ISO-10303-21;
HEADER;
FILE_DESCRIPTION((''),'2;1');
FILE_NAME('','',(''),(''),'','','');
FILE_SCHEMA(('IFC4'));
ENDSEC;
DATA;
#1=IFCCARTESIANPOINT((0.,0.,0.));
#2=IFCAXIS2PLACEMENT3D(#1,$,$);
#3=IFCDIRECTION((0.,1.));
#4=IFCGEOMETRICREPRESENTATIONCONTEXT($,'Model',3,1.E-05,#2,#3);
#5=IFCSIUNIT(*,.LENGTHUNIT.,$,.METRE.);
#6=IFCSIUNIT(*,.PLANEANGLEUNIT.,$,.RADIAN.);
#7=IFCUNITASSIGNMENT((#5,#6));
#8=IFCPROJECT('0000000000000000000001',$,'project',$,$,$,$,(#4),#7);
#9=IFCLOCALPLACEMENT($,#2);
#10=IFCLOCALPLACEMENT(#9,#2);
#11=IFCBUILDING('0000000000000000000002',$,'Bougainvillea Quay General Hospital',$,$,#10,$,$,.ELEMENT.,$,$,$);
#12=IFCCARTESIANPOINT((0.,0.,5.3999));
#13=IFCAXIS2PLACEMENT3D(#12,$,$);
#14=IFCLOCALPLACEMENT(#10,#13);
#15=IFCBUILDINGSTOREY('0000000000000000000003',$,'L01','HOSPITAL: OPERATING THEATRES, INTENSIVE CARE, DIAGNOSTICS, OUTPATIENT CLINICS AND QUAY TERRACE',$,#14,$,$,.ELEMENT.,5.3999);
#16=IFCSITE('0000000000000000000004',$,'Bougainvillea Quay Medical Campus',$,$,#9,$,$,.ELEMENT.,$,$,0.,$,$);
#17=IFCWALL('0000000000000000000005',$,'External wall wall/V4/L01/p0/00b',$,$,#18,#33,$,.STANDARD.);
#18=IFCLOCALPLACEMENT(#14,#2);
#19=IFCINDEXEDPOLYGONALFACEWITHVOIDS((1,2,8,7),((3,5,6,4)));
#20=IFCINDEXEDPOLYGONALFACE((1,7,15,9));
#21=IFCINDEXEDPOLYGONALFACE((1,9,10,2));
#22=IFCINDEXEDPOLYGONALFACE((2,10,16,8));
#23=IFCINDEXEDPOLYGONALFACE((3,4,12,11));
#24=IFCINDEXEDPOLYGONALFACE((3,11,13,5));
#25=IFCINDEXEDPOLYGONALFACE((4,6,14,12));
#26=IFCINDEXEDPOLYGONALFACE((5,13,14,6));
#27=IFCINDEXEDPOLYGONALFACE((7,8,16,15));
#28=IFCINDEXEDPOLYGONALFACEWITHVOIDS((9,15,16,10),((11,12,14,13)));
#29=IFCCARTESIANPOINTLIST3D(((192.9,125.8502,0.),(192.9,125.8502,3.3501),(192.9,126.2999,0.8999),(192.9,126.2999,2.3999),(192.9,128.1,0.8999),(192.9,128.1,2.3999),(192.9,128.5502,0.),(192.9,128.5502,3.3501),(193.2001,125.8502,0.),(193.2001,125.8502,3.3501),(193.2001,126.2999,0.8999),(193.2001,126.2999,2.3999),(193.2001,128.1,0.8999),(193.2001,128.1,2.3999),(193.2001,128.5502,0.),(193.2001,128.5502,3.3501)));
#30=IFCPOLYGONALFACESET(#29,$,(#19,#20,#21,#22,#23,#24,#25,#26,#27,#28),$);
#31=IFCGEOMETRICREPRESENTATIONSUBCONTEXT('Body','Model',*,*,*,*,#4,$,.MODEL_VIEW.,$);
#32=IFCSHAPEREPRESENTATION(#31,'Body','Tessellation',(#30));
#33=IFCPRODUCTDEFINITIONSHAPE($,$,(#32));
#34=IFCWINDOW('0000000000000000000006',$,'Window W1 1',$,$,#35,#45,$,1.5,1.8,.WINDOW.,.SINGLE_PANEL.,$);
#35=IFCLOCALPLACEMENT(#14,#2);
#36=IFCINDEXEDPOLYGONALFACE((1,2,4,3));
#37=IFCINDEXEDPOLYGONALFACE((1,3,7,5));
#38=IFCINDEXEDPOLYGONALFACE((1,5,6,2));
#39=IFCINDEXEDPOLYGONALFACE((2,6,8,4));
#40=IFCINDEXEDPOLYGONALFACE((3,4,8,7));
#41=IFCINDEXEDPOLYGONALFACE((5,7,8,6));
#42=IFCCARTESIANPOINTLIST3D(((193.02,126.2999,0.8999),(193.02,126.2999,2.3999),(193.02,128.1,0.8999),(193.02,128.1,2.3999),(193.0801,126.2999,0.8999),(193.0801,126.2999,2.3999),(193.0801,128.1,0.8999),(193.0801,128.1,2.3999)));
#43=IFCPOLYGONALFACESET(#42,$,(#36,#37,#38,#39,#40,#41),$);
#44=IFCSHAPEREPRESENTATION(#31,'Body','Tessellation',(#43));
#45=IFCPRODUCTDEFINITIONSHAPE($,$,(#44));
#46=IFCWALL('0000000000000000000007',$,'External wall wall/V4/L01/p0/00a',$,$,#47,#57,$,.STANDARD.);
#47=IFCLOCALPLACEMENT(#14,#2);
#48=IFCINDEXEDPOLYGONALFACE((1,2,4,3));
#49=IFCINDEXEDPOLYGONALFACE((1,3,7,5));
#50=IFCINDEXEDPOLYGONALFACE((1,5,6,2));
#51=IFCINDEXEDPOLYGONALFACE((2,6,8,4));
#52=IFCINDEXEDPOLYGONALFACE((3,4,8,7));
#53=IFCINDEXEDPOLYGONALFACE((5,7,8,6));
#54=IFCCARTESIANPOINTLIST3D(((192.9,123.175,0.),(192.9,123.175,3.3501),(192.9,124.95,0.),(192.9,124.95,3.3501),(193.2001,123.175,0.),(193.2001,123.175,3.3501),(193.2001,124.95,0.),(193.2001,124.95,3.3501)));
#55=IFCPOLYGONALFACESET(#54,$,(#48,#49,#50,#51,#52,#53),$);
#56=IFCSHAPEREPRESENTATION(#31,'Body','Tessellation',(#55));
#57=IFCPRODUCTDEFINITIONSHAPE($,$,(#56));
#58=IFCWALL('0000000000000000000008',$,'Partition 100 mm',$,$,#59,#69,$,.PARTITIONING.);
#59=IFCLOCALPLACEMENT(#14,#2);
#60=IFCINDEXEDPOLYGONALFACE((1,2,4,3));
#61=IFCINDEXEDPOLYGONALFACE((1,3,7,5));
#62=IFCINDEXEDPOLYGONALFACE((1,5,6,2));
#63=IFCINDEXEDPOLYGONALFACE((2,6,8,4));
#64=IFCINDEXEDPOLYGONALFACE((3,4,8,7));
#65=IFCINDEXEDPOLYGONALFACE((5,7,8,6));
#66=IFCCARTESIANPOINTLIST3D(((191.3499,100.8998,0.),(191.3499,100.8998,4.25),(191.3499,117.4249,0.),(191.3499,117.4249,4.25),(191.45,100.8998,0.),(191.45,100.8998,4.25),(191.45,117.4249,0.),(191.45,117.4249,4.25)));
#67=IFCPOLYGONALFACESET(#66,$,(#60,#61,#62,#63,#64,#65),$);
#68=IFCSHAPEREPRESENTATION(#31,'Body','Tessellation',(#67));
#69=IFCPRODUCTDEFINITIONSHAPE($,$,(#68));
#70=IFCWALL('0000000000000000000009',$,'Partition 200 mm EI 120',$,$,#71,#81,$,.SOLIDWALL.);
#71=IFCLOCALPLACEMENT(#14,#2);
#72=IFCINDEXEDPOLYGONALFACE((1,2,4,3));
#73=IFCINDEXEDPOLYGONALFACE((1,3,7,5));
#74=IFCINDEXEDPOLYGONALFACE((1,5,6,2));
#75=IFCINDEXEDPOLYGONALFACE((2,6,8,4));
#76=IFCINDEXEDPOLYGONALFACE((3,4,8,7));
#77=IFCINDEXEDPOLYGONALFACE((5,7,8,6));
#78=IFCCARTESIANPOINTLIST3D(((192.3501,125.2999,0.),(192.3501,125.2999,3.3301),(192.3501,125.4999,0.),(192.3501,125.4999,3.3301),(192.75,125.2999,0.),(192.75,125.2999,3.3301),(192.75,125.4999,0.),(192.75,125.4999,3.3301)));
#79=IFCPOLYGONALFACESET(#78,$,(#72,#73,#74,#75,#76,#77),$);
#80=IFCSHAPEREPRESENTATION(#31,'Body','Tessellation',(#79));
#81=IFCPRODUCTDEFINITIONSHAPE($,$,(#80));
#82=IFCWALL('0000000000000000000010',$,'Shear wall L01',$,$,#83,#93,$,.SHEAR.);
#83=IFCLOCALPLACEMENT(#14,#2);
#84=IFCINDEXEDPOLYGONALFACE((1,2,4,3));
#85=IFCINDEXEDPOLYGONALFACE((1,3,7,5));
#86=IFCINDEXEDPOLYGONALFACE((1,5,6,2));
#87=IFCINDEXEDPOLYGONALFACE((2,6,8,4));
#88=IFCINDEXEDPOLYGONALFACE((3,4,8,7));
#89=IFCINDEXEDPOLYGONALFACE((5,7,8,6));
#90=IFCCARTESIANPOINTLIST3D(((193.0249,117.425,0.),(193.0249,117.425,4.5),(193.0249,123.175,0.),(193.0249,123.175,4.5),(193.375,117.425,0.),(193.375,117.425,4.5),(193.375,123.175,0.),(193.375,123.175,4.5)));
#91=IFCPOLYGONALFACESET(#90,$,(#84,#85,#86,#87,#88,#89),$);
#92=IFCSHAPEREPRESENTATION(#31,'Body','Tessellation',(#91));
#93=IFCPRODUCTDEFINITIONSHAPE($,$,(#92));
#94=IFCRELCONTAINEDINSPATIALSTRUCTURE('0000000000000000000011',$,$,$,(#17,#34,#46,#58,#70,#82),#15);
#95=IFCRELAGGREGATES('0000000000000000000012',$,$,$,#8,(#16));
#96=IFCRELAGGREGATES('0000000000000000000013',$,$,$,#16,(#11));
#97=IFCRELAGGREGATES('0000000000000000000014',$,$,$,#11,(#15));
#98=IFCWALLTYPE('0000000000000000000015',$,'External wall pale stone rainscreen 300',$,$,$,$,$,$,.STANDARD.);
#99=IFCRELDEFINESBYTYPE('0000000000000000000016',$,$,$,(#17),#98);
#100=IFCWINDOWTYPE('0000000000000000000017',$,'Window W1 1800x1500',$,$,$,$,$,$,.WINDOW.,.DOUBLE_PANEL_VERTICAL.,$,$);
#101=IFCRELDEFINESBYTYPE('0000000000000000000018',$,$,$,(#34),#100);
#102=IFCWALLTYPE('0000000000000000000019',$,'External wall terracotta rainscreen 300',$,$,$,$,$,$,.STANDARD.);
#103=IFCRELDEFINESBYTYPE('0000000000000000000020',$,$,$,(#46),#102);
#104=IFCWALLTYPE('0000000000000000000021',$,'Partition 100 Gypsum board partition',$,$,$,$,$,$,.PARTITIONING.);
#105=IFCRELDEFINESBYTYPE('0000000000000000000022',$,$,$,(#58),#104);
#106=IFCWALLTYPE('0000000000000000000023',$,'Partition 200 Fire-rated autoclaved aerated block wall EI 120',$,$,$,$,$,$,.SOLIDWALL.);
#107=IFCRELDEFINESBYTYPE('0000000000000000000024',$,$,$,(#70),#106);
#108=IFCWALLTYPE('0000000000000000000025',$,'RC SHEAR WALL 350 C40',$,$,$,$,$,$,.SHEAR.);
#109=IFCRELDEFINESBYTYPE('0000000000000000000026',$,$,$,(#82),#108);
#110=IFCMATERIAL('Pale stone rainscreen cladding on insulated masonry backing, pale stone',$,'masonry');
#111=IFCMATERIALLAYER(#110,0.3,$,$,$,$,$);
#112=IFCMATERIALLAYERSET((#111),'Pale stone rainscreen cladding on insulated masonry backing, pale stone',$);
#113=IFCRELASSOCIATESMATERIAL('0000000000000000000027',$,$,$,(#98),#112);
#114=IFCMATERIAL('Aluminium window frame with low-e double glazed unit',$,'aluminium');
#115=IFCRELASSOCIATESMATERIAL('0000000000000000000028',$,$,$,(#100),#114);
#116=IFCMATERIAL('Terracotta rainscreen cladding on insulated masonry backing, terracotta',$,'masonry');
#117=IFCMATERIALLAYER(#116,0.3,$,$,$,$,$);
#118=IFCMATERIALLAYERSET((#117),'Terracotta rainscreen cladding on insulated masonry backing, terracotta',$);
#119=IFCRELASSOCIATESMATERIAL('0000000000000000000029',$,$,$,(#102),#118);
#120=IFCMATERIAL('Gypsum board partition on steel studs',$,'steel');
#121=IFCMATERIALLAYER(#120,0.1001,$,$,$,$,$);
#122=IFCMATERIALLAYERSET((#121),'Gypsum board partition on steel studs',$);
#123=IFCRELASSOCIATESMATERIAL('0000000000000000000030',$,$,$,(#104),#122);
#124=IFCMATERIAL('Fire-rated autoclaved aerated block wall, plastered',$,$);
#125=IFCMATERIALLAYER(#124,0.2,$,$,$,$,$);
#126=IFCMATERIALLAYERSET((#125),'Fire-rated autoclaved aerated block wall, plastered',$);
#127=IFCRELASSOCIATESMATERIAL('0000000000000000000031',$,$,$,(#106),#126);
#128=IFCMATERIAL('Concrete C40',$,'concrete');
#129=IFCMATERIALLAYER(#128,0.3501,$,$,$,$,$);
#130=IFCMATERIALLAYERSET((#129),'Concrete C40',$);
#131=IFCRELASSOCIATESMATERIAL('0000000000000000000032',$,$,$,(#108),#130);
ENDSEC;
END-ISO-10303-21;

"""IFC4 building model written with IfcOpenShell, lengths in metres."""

from ifc_helpers import new_model, si_unit, direction, frame, frame_2d, origin, place, context, subcontext, project, spatial, rectangle, extrude, material, layer, layer_set, type_object, element, fill, save


model = new_model("IFC4")

# Units and contexts
model_context = context("Model", 3, precision=1e-05, world=origin(), true_north=direction((0.0, 1.0)))
body_context = subcontext(model_context, "Body", "Model", "MODEL_VIEW")
ifc_project = project(units=[si_unit("LENGTHUNIT", "METRE"), si_unit("PLANEANGLEUNIT", "RADIAN")], contexts=[model_context])

# Site, building, storey
site_placement = place(None, origin())
site = spatial("IfcSite", under=ifc_project, at=site_placement, Name="Bougainvillea Quay Medical Campus", CompositionType="ELEMENT", RefElevation=0.0)
building_placement = place(site_placement, origin())
building = spatial("IfcBuilding", under=site, at=building_placement, Name="Bougainvillea Quay General Hospital", CompositionType="ELEMENT")
storey_placement = place(building_placement, frame((0.0, 0.0, 5.3999)))
storey = spatial("IfcBuildingStorey", under=building, at=storey_placement, Name="L01", Description="HOSPITAL: OPERATING THEATRES, INTENSIVE CARE, DIAGNOSTICS, OUTPATIENT CLINICS AND QUAY TERRACE", CompositionType="ELEMENT", Elevation=5.3999)

# Shared definitions
ifc_material_1 = material(Name="Concrete C40", Category="concrete")

# Shared definitions
ifc_material_2 = material(Name="Pale stone rainscreen cladding on insulated masonry backing, pale stone", Category="masonry")
ifc_layer_1 = layer(ifc_material_2, 0.3)
ifc_layer_set_1 = layer_set([ifc_layer_1], Name="Pale stone rainscreen cladding on insulated masonry backing, pale stone")
wall_type_1 = type_object("IfcWallType", Name="External wall pale stone rainscreen 300", PredefinedType="STANDARD", material=ifc_layer_set_1)
ifc_material_3 = material(Name="Aluminium window frame with low-e double glazed unit", Category="aluminium")

# Wall, opening, window
wall_1_placement = place(storey_placement, frame((193.05, 125.8501, 0.0), z_axis=(0.0, 0.0, 1.0), x_axis=(0.0, 1.0, 0.0)))
wall_1 = element("IfcWall", 1, at=wall_1_placement, inside=storey, type_object=wall_type_1, Name="External wall wall/V4/L01/p0/00b", PredefinedType="STANDARD", context=body_context, shape_type="SweptSolid", body=[
    extrude(rectangle(XDim=2.7, YDim=0.3, at=frame_2d((1.3501, 0.0))), origin(), (0.0, 0.0, 1.0), 3.3501),
])
opening_1_placement = place(wall_1_placement, frame((0.45, 0.0, 0.8999)))
opening_1 = element("IfcOpeningElement", 2, at=opening_1_placement, cuts=wall_1, PredefinedType="OPENING", context=body_context, shape_type="SweptSolid", body=[
    extrude(rectangle(XDim=1.8, YDim=1.5, at=frame_2d((0.8999, 0.75))), frame((0.0, 0.1599, 0.0), z_axis=(0.0, -1.0, 0.0), x_axis=(1.0, 0.0, 0.0)), (0.0, 0.0, 1.0), 0.3201),
])
window_type_1 = type_object("IfcWindowType", Name="Window W1 1800x1500", PartitioningType="DOUBLE_PANEL_VERTICAL", PredefinedType="WINDOW", material=ifc_material_3)
window_1_placement = place(opening_1_placement, origin())
window_1 = element("IfcWindow", 3, at=window_1_placement, inside=storey, type_object=window_type_1, Name="Window W1 1", OverallHeight=1.5, OverallWidth=1.8, PartitioningType="SINGLE_PANEL", PredefinedType="WINDOW", context=body_context, shape_type="SweptSolid", body=[
    extrude(rectangle(XDim=1.8, YDim=1.5, at=frame_2d((0.8999, 0.75))), frame((0.0, 0.03, 0.0), z_axis=(0.0, -1.0, 0.0), x_axis=(1.0, 0.0, 0.0)), (0.0, 0.0, 1.0), 0.0601),
])
fill(opening_1, window_1)

# Walls
ifc_material_4 = material(Name="Terracotta rainscreen cladding on insulated masonry backing, terracotta", Category="masonry")
ifc_layer_2 = layer(ifc_material_4, 0.3)
ifc_layer_set_2 = layer_set([ifc_layer_2], Name="Terracotta rainscreen cladding on insulated masonry backing, terracotta")
wall_type_2 = type_object("IfcWallType", Name="External wall terracotta rainscreen 300", PredefinedType="STANDARD", material=ifc_layer_set_2)
wall_2_placement = place(storey_placement, frame((193.05, 123.175, 0.0), z_axis=(0.0, 0.0, 1.0), x_axis=(0.0, 1.0, 0.0)))
element("IfcWall", 4, at=wall_2_placement, inside=storey, type_object=wall_type_2, Name="External wall wall/V4/L01/p0/00a", PredefinedType="STANDARD", context=body_context, shape_type="SweptSolid", body=[
    extrude(rectangle(XDim=1.7749, YDim=0.3, at=frame_2d((0.8875, 0.0))), origin(), (0.0, 0.0, 1.0), 3.3501),
])
ifc_material_5 = material(Name="Gypsum board partition on steel studs", Category="steel")
ifc_layer_3 = layer(ifc_material_5, 0.1001)
ifc_layer_set_3 = layer_set([ifc_layer_3], Name="Gypsum board partition on steel studs")
wall_type_3 = type_object("IfcWallType", Name="Partition 100 Gypsum board partition", PredefinedType="PARTITIONING", material=ifc_layer_set_3)
wall_3_placement = place(storey_placement, frame((191.3999, 117.425, 0.0), z_axis=(0.0, 0.0, 1.0), x_axis=(0.0, -1.0, 0.0)))
element("IfcWall", 5, at=wall_3_placement, inside=storey, type_object=wall_type_3, Name="Partition 100 mm", PredefinedType="PARTITIONING", context=body_context, shape_type="SweptSolid", body=[
    extrude(rectangle(XDim=16.5251, YDim=0.1001, at=frame_2d((8.2627, 0.0))), origin(), (0.0, 0.0, 1.0), 4.25),
])
ifc_material_6 = material(Name="Fire-rated autoclaved aerated block wall, plastered")
ifc_layer_4 = layer(ifc_material_6, 0.2)
ifc_layer_set_4 = layer_set([ifc_layer_4], Name="Fire-rated autoclaved aerated block wall, plastered")
wall_type_4 = type_object("IfcWallType", Name="Partition 200 Fire-rated autoclaved aerated block wall EI 120", PredefinedType="SOLIDWALL", material=ifc_layer_set_4)
wall_4_placement = place(storey_placement, frame((192.3501, 125.3999, 0.0), z_axis=(0.0, 0.0, 1.0), x_axis=(1.0, 0.0, 0.0)))
element("IfcWall", 6, at=wall_4_placement, inside=storey, type_object=wall_type_4, Name="Partition 200 mm EI 120", PredefinedType="SOLIDWALL", context=body_context, shape_type="SweptSolid", body=[
    extrude(rectangle(XDim=0.3999, YDim=0.2, at=frame_2d((0.2, 0.0))), origin(), (0.0, 0.0, 1.0), 3.3301),
])
ifc_layer_5 = layer(ifc_material_1, 0.3501)
ifc_layer_set_5 = layer_set([ifc_layer_5], Name="Concrete C40")
wall_type_5 = type_object("IfcWallType", Name="RC SHEAR WALL 350 C40", PredefinedType="SHEAR", material=ifc_layer_set_5)
wall_5_placement = place(storey_placement, frame((193.2, 117.425, 0.0), z_axis=(0.0, 0.0, 1.0), x_axis=(0.0, 1.0, 0.0)))
element("IfcWall", 7, at=wall_5_placement, inside=storey, type_object=wall_type_5, Name="Shear wall L01", PredefinedType="SHEAR", context=body_context, shape_type="SweptSolid", body=[
    extrude(rectangle(XDim=5.75, YDim=0.3501, at=frame_2d((2.875, 0.0))), origin(), (0.0, 0.0, 1.0), 4.5),
])

save(model, "model.ifc")
